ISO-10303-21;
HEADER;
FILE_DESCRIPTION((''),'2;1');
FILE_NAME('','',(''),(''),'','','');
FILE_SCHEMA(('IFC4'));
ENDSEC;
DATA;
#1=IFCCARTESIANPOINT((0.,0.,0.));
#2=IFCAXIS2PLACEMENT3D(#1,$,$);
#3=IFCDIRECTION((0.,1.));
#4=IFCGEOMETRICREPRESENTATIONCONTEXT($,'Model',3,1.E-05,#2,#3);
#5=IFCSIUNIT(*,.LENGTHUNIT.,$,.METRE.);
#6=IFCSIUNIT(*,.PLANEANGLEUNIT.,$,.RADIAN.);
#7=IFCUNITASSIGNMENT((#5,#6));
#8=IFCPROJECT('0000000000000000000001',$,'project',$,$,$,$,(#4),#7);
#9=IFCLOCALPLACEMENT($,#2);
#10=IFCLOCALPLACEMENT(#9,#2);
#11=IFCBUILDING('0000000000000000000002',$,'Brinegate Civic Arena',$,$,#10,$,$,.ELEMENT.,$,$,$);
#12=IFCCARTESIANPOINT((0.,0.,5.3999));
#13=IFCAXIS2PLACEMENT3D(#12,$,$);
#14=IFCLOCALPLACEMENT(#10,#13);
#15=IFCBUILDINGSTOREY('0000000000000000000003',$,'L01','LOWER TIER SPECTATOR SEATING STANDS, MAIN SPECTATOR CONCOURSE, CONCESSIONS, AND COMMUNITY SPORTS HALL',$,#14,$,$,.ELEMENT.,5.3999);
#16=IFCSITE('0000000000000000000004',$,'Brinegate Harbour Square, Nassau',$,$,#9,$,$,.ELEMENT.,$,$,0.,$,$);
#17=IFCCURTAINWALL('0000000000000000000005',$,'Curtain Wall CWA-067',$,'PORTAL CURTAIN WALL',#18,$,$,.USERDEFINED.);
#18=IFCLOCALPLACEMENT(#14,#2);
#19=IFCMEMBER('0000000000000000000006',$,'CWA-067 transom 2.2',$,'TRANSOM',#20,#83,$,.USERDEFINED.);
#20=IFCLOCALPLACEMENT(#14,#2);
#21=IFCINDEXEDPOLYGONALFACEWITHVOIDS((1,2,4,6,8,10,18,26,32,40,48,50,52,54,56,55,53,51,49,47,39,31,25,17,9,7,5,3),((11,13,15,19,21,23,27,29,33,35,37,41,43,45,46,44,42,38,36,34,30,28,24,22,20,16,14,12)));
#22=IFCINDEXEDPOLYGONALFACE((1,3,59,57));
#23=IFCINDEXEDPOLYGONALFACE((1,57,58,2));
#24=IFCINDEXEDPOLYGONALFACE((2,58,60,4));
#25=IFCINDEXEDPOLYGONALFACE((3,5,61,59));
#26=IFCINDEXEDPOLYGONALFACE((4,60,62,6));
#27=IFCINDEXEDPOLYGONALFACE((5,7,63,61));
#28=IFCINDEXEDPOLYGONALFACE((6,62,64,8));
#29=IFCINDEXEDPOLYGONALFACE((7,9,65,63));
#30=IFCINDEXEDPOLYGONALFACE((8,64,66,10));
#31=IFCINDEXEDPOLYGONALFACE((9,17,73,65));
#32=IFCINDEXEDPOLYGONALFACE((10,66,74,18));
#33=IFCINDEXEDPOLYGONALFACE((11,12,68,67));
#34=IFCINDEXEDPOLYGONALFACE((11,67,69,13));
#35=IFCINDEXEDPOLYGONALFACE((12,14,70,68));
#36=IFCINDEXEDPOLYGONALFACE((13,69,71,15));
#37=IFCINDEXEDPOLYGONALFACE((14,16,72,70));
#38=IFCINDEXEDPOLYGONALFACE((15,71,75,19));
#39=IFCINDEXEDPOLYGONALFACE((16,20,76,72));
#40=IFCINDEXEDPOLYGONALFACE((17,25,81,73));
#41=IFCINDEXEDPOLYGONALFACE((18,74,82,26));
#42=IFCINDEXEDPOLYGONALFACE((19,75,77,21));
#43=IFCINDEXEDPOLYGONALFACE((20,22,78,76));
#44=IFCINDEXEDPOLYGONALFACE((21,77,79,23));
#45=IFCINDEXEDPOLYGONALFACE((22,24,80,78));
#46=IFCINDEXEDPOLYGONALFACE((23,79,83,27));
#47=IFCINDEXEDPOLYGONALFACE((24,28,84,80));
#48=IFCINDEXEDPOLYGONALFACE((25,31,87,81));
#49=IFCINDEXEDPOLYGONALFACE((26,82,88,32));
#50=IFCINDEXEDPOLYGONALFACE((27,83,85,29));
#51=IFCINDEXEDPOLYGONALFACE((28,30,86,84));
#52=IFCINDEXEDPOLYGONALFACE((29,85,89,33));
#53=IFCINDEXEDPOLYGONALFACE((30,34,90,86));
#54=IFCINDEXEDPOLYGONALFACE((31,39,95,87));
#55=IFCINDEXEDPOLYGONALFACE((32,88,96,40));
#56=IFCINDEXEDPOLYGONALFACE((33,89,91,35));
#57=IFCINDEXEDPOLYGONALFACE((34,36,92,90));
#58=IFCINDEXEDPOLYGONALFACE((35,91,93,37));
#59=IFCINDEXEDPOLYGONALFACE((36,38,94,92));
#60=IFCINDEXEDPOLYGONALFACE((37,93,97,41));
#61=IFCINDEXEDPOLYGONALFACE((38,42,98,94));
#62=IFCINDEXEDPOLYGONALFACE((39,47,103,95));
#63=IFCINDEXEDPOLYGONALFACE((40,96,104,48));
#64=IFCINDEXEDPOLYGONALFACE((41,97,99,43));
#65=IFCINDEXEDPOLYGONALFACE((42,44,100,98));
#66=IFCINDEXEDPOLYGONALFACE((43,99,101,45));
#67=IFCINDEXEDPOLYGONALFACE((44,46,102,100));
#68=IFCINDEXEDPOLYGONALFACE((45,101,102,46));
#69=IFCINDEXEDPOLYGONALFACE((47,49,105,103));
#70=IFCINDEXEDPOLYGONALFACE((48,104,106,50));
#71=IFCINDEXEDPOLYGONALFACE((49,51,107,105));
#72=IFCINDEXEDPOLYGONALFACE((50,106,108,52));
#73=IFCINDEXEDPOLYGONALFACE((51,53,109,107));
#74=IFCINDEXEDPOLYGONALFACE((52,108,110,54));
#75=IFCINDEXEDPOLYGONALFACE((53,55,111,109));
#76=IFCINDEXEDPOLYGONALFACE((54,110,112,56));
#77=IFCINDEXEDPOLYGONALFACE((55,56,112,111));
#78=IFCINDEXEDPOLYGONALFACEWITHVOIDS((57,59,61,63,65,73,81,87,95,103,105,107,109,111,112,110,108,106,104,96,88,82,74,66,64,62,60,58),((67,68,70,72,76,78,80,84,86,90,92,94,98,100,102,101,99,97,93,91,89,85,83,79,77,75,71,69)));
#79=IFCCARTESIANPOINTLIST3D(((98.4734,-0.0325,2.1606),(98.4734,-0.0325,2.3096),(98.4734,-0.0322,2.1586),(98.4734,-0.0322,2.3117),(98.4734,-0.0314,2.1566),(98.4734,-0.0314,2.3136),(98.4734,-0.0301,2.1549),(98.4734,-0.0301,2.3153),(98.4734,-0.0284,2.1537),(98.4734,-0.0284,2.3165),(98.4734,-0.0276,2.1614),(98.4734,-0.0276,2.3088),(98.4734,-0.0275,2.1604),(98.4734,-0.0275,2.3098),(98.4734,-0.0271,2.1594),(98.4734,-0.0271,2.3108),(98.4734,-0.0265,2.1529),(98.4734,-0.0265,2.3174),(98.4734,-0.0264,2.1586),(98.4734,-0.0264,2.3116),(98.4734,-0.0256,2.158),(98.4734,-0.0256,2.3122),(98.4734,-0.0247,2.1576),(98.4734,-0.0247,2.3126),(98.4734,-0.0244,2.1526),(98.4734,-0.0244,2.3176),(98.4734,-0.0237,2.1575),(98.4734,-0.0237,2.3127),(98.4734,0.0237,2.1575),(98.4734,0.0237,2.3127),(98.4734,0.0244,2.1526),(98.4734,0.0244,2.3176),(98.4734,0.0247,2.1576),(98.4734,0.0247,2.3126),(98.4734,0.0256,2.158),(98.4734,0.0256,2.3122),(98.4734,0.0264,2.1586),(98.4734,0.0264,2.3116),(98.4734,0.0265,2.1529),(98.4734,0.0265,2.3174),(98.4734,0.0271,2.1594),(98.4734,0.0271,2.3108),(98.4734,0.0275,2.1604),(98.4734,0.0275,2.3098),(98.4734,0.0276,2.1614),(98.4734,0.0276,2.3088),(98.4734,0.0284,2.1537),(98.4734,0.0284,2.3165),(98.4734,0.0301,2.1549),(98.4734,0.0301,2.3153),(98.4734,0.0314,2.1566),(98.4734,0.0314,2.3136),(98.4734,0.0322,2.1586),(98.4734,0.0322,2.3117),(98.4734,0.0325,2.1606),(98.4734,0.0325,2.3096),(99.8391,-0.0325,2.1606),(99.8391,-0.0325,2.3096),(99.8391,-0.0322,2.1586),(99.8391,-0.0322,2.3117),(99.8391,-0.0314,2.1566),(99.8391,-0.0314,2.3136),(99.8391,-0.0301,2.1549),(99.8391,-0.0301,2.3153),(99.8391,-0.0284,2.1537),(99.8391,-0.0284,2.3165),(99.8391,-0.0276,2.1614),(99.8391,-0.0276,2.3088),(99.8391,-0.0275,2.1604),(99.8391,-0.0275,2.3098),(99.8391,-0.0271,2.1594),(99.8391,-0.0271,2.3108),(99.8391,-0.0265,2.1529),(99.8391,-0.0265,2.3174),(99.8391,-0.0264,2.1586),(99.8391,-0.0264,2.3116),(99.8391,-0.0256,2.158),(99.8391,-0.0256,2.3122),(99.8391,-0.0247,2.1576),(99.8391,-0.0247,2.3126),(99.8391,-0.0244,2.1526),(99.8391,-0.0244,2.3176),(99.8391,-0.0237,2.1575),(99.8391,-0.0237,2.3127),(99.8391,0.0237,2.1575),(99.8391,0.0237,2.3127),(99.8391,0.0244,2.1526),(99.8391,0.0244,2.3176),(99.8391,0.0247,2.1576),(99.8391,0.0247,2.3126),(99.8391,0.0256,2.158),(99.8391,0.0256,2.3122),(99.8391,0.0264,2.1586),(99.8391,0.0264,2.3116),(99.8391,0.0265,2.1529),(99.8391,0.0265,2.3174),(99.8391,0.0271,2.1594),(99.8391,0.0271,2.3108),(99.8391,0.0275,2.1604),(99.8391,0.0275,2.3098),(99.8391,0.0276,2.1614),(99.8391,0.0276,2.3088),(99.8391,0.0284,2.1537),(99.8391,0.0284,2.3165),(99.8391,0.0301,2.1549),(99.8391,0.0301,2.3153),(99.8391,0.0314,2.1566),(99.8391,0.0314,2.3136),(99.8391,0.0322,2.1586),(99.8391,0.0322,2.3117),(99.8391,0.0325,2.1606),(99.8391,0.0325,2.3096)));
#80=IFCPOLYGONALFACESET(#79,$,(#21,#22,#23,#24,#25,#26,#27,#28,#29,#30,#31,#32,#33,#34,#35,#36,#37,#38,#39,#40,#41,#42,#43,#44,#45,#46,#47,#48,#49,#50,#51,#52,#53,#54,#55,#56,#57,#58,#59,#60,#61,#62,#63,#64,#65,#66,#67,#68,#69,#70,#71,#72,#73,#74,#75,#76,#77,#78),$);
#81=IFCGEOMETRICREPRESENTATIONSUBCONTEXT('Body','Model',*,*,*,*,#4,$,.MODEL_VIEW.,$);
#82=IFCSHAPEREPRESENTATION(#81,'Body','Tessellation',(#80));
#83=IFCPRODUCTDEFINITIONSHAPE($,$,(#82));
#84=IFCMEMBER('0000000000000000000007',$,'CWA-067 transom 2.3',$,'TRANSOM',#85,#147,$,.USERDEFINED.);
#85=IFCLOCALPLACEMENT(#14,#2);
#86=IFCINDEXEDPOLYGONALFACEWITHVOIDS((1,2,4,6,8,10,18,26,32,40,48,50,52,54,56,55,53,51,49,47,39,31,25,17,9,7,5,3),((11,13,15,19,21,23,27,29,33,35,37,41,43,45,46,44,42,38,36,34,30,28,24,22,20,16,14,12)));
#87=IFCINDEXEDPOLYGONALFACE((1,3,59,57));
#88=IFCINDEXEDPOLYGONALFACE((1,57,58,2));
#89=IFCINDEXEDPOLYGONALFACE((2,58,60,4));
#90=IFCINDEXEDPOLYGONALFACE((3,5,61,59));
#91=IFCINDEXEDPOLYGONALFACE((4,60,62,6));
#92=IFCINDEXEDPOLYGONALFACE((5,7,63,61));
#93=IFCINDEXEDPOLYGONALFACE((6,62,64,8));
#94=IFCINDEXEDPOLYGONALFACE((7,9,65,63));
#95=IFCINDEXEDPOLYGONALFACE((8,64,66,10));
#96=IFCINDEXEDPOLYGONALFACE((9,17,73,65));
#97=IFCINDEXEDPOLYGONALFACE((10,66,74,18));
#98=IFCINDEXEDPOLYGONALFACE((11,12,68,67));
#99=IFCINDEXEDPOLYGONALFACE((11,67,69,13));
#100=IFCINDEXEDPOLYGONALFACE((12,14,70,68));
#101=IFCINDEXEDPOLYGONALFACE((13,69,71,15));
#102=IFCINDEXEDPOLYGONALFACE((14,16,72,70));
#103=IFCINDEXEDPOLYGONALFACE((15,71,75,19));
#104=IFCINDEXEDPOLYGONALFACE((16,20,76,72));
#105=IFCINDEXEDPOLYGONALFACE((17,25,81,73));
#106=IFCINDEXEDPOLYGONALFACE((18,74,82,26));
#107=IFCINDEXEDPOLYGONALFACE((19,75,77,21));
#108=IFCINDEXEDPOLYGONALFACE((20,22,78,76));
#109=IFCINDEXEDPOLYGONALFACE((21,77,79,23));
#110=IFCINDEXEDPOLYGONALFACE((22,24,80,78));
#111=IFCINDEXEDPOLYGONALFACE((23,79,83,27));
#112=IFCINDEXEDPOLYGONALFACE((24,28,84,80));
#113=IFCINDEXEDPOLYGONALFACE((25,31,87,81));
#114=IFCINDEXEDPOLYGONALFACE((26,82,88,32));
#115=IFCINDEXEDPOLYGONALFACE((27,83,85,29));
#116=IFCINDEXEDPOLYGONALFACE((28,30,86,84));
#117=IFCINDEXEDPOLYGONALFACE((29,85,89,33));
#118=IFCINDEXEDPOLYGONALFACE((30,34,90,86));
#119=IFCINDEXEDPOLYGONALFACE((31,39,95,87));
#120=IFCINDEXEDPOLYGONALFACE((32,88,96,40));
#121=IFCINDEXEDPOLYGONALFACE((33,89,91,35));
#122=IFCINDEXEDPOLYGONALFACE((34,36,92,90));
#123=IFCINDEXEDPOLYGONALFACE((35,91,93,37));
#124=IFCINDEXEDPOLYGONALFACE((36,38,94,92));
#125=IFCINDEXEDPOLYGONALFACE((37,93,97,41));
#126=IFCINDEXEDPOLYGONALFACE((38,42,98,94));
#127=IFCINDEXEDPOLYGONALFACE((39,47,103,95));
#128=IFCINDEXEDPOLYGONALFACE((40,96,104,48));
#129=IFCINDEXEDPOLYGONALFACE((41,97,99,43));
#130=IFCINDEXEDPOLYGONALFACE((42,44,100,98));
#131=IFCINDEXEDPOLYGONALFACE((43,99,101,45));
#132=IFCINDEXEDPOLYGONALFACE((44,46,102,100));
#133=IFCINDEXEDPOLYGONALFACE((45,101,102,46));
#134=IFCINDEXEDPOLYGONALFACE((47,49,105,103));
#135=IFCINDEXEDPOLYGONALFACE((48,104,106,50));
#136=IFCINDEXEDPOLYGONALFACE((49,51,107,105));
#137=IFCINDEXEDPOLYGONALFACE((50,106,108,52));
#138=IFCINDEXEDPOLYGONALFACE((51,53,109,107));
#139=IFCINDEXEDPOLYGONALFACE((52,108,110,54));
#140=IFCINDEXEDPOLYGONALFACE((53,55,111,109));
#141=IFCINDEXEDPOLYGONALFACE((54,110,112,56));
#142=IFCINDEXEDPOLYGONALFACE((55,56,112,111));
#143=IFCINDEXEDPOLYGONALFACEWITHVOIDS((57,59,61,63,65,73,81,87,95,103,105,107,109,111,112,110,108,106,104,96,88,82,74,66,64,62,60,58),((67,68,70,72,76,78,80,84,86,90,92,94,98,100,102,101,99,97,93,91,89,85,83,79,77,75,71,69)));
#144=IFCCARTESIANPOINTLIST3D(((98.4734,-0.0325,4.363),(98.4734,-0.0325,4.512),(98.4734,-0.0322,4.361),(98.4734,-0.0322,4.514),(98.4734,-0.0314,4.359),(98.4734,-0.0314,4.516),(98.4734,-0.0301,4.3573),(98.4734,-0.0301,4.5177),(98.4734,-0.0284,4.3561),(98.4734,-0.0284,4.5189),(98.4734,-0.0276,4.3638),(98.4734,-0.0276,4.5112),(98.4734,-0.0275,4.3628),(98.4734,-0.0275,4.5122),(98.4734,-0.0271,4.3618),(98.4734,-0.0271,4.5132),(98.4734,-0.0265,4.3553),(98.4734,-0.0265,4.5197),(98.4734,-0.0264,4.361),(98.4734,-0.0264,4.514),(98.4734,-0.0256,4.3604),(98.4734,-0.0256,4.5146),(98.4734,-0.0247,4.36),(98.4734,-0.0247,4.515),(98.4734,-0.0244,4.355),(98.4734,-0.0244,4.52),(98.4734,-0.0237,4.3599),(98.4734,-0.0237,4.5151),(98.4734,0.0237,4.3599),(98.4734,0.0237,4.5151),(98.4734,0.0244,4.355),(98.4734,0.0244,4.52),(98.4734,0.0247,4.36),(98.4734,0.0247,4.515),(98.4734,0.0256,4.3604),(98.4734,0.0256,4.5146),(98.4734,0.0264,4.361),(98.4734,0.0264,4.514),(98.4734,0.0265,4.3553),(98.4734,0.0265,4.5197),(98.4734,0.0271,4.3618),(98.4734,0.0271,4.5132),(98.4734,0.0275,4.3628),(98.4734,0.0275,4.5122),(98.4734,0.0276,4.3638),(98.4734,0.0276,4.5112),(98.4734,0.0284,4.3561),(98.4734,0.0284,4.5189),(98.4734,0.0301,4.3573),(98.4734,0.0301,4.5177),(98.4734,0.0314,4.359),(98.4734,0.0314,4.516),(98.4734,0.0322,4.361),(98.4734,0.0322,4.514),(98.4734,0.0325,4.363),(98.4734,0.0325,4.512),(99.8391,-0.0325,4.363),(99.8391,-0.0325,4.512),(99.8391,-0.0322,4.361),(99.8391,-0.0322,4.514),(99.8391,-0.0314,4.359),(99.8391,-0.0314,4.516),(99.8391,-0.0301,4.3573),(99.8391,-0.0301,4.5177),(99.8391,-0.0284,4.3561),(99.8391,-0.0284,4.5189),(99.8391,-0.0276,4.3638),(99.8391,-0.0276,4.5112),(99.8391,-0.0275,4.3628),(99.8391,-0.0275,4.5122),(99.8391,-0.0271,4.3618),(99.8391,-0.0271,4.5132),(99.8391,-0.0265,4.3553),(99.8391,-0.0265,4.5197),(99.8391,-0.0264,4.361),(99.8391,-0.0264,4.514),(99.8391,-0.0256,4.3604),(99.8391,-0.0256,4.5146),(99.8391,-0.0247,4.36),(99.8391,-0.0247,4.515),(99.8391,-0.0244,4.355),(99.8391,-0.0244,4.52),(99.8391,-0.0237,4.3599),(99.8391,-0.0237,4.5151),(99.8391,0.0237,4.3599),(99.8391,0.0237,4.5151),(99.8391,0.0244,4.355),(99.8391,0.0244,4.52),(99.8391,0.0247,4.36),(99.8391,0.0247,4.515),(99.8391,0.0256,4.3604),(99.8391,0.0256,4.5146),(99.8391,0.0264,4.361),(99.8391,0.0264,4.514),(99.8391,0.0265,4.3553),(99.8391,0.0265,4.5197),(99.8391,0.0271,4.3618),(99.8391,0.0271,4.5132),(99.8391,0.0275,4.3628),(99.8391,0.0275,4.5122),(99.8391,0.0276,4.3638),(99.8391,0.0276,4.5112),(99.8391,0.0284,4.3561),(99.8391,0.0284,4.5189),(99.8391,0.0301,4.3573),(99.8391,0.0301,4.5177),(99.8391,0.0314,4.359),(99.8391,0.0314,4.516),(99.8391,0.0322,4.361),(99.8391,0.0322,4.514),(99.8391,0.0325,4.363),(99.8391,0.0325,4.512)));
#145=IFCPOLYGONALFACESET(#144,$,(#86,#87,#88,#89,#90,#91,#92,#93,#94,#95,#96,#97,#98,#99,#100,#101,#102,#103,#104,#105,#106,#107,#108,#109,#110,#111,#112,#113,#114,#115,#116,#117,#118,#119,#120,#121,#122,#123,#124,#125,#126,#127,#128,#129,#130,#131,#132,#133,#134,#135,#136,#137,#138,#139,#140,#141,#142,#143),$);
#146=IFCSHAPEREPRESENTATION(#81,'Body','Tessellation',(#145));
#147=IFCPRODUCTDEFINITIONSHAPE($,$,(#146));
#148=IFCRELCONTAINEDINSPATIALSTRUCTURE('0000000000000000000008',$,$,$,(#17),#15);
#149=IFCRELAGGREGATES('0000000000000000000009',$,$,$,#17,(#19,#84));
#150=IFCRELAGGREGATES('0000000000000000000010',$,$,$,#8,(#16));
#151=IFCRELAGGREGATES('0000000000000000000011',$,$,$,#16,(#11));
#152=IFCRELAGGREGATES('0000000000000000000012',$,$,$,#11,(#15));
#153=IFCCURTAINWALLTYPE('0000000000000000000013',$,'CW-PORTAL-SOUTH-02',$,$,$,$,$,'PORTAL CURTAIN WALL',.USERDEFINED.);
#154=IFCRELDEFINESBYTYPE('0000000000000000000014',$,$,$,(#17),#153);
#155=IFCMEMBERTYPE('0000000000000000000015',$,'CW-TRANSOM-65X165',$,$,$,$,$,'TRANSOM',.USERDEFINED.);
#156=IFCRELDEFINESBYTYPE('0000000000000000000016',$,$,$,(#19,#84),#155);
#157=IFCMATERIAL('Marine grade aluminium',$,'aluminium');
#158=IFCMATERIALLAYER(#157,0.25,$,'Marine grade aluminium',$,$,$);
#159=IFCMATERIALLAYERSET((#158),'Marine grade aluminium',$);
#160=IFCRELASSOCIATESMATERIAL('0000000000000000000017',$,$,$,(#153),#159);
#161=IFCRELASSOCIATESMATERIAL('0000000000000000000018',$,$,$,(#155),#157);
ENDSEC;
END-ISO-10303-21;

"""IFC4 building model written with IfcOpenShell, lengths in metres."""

from ifc_helpers import new_model, si_unit, direction, frame, origin, origin_2d, place, context, subcontext, project, spatial, hollow_rectangle, extrude, material, layer, layer_set, material_profile, profile_set, type_object, element, aggregate, save


model = new_model("IFC4")

# Units and contexts
model_context = context("Model", 3, precision=1e-05, world=origin(), true_north=direction((0.0, 1.0)))
body_context = subcontext(model_context, "Body", "Model", "MODEL_VIEW")
ifc_project = project(units=[si_unit("LENGTHUNIT", "METRE"), si_unit("PLANEANGLEUNIT", "RADIAN")], contexts=[model_context])

# Site, building, storey
site_placement = place(None, origin())
site = spatial("IfcSite", under=ifc_project, at=site_placement, Name="Brinegate Harbour Square, Nassau", CompositionType="ELEMENT", RefElevation=0.0)
building_placement = place(site_placement, origin())
building = spatial("IfcBuilding", under=site, at=building_placement, Name="Brinegate Civic Arena", CompositionType="ELEMENT")
storey_placement = place(building_placement, frame((0.0, 0.0, 5.3999)))
storey = spatial("IfcBuildingStorey", under=building, at=storey_placement, Name="L01", Description="LOWER TIER SPECTATOR SEATING STANDS, MAIN SPECTATOR CONCOURSE, CONCESSIONS, AND COMMUNITY SPORTS HALL", CompositionType="ELEMENT", Elevation=5.3999)

# Curtain wall, members
ifc_material_1 = material(Name="Marine grade aluminium", Category="aluminium")
ifc_layer_1 = layer(ifc_material_1, 0.25, Name="Marine grade aluminium")
ifc_layer_set_1 = layer_set([ifc_layer_1], Name="Marine grade aluminium")
curtain_wall_type = type_object("IfcCurtainWallType", Name="CW-PORTAL-SOUTH-02", ElementType="PORTAL CURTAIN WALL", PredefinedType="USERDEFINED", material=ifc_layer_set_1)
curtain_wall_placement = place(storey_placement, origin())
curtain_wall = element("IfcCurtainWall", 1, at=curtain_wall_placement, inside=storey, type_object=curtain_wall_type, Name="Curtain Wall CWA-067", ObjectType="PORTAL CURTAIN WALL", PredefinedType="USERDEFINED")
ifc_material_profile_1 = material_profile(ifc_material_1, hollow_rectangle(XDim=0.0649, YDim=0.165, WallThickness=0.0049, InnerFilletRadius=0.0039, OuterFilletRadius=0.0081, at=origin_2d()), Name="TRN65X165")
ifc_profile_set_1 = profile_set([ifc_material_profile_1], Name="Marine grade aluminium")
member_type_1 = type_object("IfcMemberType", Name="CW-TRANSOM-65X165", ElementType="TRANSOM", PredefinedType="USERDEFINED", material=ifc_profile_set_1)
member_1_placement = place(storey_placement, frame((98.4734, 0.0, 2.2351), z_axis=(1.0, 0.0, 0.0), x_axis=(0.0, 1.0, 0.0)))
member_1 = element("IfcMember", 2, at=member_1_placement, type_object=member_type_1, Name="CWA-067 transom 2.2", ObjectType="TRANSOM", PredefinedType="USERDEFINED", context=body_context, shape_type="SweptSolid", body=[
    extrude(hollow_rectangle(XDim=0.0649, YDim=0.165, WallThickness=0.0049, InnerFilletRadius=0.0039, OuterFilletRadius=0.0081, at=origin_2d()), origin(), (0.0, 0.0, 1.0), 1.3657),
])
member_2_placement = place(storey_placement, frame((98.4734, 0.0, 4.4375), z_axis=(1.0, 0.0, 0.0), x_axis=(0.0, 1.0, 0.0)))
member_2 = element("IfcMember", 3, at=member_2_placement, type_object=member_type_1, Name="CWA-067 transom 2.3", ObjectType="TRANSOM", PredefinedType="USERDEFINED", context=body_context, shape_type="SweptSolid", body=[
    extrude(hollow_rectangle(XDim=0.0649, YDim=0.165, WallThickness=0.0049, InnerFilletRadius=0.0039, OuterFilletRadius=0.0081, at=origin_2d()), origin(), (0.0, 0.0, 1.0), 1.3657),
])
aggregate(curtain_wall, [member_1, member_2])

save(model, "model.ifc")
